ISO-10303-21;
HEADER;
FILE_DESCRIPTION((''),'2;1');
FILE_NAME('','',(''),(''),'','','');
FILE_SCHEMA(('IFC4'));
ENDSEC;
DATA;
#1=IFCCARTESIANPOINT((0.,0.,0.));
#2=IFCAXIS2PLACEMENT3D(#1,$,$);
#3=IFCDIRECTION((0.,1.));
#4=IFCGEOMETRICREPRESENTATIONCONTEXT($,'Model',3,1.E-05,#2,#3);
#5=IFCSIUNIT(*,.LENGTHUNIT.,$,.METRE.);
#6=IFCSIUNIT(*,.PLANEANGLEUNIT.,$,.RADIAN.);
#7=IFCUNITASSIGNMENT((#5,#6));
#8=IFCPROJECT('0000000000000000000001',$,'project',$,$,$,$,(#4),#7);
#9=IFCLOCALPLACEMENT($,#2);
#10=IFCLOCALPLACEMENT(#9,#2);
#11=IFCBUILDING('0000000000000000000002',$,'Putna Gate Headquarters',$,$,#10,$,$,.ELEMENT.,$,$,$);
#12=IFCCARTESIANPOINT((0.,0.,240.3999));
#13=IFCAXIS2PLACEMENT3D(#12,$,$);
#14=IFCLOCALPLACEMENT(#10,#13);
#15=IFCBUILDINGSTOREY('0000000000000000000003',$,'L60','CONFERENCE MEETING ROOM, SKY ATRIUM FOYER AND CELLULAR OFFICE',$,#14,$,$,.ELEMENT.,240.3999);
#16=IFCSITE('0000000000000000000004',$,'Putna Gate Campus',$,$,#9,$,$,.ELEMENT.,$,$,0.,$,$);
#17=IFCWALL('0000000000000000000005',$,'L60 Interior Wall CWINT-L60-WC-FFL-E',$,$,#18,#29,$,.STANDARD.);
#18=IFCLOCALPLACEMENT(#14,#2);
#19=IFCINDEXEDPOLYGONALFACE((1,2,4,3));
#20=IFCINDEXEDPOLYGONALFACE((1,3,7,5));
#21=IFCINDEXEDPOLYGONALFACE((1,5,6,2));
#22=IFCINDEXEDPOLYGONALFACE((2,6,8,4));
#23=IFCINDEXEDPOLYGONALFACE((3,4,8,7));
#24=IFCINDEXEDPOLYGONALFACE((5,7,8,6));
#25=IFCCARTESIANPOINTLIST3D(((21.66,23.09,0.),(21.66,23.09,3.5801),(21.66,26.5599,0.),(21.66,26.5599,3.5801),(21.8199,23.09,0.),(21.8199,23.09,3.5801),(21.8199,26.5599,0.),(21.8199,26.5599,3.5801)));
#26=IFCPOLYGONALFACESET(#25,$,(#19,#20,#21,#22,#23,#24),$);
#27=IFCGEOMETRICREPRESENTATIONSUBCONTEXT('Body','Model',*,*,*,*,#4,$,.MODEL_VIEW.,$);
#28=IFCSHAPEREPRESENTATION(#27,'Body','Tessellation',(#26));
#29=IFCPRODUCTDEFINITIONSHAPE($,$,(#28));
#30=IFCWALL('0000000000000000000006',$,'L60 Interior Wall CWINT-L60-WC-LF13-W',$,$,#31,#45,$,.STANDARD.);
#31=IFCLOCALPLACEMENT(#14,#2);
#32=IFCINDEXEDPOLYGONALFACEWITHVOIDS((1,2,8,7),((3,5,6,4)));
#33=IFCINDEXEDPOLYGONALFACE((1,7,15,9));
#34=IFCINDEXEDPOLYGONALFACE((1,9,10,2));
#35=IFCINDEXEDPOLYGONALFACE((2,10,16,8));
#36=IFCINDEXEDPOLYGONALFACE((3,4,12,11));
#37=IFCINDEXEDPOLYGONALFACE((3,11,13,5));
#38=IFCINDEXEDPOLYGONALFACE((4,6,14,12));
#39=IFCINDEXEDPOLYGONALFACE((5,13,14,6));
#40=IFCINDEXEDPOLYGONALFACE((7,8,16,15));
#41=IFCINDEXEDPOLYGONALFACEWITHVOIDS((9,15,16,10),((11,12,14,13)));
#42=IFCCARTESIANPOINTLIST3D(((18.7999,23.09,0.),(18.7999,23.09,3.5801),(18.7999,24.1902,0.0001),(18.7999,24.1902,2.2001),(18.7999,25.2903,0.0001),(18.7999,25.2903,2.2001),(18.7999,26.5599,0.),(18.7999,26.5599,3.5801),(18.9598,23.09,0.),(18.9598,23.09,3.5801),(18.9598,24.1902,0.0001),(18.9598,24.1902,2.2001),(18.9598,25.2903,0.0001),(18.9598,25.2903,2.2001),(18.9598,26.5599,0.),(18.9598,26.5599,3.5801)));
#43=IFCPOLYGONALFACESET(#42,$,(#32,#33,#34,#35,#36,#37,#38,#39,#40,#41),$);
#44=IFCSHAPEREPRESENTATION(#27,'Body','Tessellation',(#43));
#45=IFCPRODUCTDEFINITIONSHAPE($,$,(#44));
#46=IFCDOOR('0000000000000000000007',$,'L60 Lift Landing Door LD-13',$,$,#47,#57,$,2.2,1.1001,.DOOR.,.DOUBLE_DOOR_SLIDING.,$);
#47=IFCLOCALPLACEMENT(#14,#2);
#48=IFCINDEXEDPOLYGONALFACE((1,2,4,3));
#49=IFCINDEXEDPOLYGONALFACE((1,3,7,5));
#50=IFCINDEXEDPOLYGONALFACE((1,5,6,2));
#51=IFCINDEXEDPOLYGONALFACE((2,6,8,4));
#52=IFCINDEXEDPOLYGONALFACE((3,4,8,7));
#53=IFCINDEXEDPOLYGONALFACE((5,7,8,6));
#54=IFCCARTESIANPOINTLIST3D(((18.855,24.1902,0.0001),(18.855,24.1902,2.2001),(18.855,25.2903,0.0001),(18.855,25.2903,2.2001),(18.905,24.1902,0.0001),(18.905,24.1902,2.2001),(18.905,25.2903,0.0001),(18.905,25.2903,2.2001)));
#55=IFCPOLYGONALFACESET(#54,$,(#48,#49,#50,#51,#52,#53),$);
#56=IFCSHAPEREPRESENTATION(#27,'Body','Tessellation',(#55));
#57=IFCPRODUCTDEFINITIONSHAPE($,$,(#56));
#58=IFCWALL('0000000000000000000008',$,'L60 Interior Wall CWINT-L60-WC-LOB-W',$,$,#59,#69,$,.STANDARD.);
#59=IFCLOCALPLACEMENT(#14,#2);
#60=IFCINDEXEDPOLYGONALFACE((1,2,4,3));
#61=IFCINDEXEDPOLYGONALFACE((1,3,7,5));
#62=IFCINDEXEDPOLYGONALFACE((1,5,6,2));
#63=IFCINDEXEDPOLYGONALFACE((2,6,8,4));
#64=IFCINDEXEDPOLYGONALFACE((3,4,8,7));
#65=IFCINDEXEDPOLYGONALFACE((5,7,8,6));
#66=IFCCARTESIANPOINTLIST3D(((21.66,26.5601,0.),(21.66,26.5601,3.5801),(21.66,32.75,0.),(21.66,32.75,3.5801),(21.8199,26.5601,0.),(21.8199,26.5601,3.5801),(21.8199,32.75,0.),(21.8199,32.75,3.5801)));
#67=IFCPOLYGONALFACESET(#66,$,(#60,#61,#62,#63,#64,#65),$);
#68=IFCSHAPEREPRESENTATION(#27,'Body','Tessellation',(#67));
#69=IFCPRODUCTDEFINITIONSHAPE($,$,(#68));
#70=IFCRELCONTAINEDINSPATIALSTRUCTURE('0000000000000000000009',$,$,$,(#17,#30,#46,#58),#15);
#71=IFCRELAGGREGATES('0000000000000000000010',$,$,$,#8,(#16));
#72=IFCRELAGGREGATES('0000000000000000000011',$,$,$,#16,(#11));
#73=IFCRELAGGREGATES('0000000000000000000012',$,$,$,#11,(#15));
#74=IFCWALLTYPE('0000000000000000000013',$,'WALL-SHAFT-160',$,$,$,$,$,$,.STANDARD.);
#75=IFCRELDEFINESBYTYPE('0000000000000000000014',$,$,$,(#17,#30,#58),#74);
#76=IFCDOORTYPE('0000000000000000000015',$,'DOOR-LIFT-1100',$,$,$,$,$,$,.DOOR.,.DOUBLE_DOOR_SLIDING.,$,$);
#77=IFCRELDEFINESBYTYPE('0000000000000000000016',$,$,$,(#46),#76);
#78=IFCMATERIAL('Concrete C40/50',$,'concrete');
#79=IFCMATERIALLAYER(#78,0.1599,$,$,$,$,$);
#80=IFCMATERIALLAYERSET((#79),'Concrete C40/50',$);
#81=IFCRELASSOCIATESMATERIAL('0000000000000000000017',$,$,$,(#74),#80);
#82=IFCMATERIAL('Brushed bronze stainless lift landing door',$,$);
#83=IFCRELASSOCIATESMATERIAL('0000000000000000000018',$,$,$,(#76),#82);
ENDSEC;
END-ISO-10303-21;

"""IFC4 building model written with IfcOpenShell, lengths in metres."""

from ifc_helpers import new_model, si_unit, direction, frame, frame_2d, origin, place, context, subcontext, project, spatial, rectangle, extrude, material, layer, layer_set, type_object, element, fill, save


model = new_model("IFC4")

# Units and contexts
model_context = context("Model", 3, precision=1e-05, world=origin(), true_north=direction((0.0, 1.0)))
body_context = subcontext(model_context, "Body", "Model", "MODEL_VIEW")
ifc_project = project(units=[si_unit("LENGTHUNIT", "METRE"), si_unit("PLANEANGLEUNIT", "RADIAN")], contexts=[model_context])

# Site, building, storey
site_placement = place(None, origin())
site = spatial("IfcSite", under=ifc_project, at=site_placement, Name="Putna Gate Campus", CompositionType="ELEMENT", RefElevation=0.0)
building_placement = place(site_placement, origin())
building = spatial("IfcBuilding", under=site, at=building_placement, Name="Putna Gate Headquarters", CompositionType="ELEMENT")
storey_placement = place(building_placement, frame((0.0, 0.0, 240.3999)))
storey = spatial("IfcBuildingStorey", under=building, at=storey_placement, Name="L60", Description="CONFERENCE MEETING ROOM, SKY ATRIUM FOYER AND CELLULAR OFFICE", CompositionType="ELEMENT", Elevation=240.3999)

# Wall
ifc_material_1 = material(Name="Concrete C40/50", Category="concrete")
ifc_layer_1 = layer(ifc_material_1, 0.1599)
ifc_layer_set_1 = layer_set([ifc_layer_1], Name="Concrete C40/50")
wall_type_1 = type_object("IfcWallType", Name="WALL-SHAFT-160", PredefinedType="STANDARD", material=ifc_layer_set_1)
wall_1_placement = place(storey_placement, frame((21.74, 23.0901, 0.0), z_axis=(0.0, 0.0, 1.0), x_axis=(0.0, 1.0, 0.0)))
element("IfcWall", 1, at=wall_1_placement, inside=storey, type_object=wall_type_1, Name="L60 Interior Wall CWINT-L60-WC-FFL-E", PredefinedType="STANDARD", context=body_context, shape_type="SweptSolid", body=[
    extrude(rectangle(XDim=3.47, YDim=0.1599, at=frame_2d((1.7349, 0.0))), origin(), (0.0, 0.0, 1.0), 3.5801),
])

# Wall, opening, door
wall_2_placement = place(storey_placement, frame((18.8799, 23.0901, 0.0), z_axis=(0.0, 0.0, 1.0), x_axis=(0.0, 1.0, 0.0)))
wall_2 = element("IfcWall", 2, at=wall_2_placement, inside=storey, type_object=wall_type_1, Name="L60 Interior Wall CWINT-L60-WC-LF13-W", PredefinedType="STANDARD", context=body_context, shape_type="SweptSolid", body=[
    extrude(rectangle(XDim=3.47, YDim=0.1599, at=frame_2d((1.7349, 0.0))), origin(), (0.0, 0.0, 1.0), 3.5801),
])
opening_1_placement = place(wall_2_placement, frame((1.1001, 0.0, 0.0)))
opening_1 = element("IfcOpeningElement", 3, at=opening_1_placement, cuts=wall_2, PredefinedType="OPENING", context=body_context, shape_type="SweptSolid", body=[
    extrude(rectangle(XDim=1.1001, YDim=2.2, at=frame_2d((0.55, 1.1001))), frame((0.0, 0.0898, 0.0), z_axis=(0.0, -1.0, 0.0), x_axis=(1.0, 0.0, 0.0)), (0.0, 0.0, 1.0), 0.1799),
])
ifc_material_2 = material(Name="Brushed bronze stainless lift landing door")
door_type_1 = type_object("IfcDoorType", Name="DOOR-LIFT-1100", OperationType="DOUBLE_DOOR_SLIDING", PredefinedType="DOOR", material=ifc_material_2)
door_1_placement = place(opening_1_placement, origin())
door_1 = element("IfcDoor", 4, at=door_1_placement, inside=storey, type_object=door_type_1, Name="L60 Lift Landing Door LD-13", OperationType="DOUBLE_DOOR_SLIDING", OverallHeight=2.2, OverallWidth=1.1001, PredefinedType="DOOR", context=body_context, shape_type="SweptSolid", body=[
    extrude(rectangle(XDim=1.1001, YDim=2.2, at=frame_2d((0.55, 1.1001))), frame((0.0, 0.0249, 0.0), z_axis=(0.0, -1.0, 0.0), x_axis=(1.0, 0.0, 0.0)), (0.0, 0.0, 1.0), 0.05),
])
fill(opening_1, door_1)

# Wall
wall_3_placement = place(storey_placement, frame((21.74, 26.5601, 0.0), z_axis=(0.0, 0.0, 1.0), x_axis=(0.0, 1.0, 0.0)))
element("IfcWall", 5, at=wall_3_placement, inside=storey, type_object=wall_type_1, Name="L60 Interior Wall CWINT-L60-WC-LOB-W", PredefinedType="STANDARD", context=body_context, shape_type="SweptSolid", body=[
    extrude(rectangle(XDim=6.1899, YDim=0.1599, at=frame_2d((3.095, 0.0))), origin(), (0.0, 0.0, 1.0), 3.5801),
])

save(model, "model.ifc")
